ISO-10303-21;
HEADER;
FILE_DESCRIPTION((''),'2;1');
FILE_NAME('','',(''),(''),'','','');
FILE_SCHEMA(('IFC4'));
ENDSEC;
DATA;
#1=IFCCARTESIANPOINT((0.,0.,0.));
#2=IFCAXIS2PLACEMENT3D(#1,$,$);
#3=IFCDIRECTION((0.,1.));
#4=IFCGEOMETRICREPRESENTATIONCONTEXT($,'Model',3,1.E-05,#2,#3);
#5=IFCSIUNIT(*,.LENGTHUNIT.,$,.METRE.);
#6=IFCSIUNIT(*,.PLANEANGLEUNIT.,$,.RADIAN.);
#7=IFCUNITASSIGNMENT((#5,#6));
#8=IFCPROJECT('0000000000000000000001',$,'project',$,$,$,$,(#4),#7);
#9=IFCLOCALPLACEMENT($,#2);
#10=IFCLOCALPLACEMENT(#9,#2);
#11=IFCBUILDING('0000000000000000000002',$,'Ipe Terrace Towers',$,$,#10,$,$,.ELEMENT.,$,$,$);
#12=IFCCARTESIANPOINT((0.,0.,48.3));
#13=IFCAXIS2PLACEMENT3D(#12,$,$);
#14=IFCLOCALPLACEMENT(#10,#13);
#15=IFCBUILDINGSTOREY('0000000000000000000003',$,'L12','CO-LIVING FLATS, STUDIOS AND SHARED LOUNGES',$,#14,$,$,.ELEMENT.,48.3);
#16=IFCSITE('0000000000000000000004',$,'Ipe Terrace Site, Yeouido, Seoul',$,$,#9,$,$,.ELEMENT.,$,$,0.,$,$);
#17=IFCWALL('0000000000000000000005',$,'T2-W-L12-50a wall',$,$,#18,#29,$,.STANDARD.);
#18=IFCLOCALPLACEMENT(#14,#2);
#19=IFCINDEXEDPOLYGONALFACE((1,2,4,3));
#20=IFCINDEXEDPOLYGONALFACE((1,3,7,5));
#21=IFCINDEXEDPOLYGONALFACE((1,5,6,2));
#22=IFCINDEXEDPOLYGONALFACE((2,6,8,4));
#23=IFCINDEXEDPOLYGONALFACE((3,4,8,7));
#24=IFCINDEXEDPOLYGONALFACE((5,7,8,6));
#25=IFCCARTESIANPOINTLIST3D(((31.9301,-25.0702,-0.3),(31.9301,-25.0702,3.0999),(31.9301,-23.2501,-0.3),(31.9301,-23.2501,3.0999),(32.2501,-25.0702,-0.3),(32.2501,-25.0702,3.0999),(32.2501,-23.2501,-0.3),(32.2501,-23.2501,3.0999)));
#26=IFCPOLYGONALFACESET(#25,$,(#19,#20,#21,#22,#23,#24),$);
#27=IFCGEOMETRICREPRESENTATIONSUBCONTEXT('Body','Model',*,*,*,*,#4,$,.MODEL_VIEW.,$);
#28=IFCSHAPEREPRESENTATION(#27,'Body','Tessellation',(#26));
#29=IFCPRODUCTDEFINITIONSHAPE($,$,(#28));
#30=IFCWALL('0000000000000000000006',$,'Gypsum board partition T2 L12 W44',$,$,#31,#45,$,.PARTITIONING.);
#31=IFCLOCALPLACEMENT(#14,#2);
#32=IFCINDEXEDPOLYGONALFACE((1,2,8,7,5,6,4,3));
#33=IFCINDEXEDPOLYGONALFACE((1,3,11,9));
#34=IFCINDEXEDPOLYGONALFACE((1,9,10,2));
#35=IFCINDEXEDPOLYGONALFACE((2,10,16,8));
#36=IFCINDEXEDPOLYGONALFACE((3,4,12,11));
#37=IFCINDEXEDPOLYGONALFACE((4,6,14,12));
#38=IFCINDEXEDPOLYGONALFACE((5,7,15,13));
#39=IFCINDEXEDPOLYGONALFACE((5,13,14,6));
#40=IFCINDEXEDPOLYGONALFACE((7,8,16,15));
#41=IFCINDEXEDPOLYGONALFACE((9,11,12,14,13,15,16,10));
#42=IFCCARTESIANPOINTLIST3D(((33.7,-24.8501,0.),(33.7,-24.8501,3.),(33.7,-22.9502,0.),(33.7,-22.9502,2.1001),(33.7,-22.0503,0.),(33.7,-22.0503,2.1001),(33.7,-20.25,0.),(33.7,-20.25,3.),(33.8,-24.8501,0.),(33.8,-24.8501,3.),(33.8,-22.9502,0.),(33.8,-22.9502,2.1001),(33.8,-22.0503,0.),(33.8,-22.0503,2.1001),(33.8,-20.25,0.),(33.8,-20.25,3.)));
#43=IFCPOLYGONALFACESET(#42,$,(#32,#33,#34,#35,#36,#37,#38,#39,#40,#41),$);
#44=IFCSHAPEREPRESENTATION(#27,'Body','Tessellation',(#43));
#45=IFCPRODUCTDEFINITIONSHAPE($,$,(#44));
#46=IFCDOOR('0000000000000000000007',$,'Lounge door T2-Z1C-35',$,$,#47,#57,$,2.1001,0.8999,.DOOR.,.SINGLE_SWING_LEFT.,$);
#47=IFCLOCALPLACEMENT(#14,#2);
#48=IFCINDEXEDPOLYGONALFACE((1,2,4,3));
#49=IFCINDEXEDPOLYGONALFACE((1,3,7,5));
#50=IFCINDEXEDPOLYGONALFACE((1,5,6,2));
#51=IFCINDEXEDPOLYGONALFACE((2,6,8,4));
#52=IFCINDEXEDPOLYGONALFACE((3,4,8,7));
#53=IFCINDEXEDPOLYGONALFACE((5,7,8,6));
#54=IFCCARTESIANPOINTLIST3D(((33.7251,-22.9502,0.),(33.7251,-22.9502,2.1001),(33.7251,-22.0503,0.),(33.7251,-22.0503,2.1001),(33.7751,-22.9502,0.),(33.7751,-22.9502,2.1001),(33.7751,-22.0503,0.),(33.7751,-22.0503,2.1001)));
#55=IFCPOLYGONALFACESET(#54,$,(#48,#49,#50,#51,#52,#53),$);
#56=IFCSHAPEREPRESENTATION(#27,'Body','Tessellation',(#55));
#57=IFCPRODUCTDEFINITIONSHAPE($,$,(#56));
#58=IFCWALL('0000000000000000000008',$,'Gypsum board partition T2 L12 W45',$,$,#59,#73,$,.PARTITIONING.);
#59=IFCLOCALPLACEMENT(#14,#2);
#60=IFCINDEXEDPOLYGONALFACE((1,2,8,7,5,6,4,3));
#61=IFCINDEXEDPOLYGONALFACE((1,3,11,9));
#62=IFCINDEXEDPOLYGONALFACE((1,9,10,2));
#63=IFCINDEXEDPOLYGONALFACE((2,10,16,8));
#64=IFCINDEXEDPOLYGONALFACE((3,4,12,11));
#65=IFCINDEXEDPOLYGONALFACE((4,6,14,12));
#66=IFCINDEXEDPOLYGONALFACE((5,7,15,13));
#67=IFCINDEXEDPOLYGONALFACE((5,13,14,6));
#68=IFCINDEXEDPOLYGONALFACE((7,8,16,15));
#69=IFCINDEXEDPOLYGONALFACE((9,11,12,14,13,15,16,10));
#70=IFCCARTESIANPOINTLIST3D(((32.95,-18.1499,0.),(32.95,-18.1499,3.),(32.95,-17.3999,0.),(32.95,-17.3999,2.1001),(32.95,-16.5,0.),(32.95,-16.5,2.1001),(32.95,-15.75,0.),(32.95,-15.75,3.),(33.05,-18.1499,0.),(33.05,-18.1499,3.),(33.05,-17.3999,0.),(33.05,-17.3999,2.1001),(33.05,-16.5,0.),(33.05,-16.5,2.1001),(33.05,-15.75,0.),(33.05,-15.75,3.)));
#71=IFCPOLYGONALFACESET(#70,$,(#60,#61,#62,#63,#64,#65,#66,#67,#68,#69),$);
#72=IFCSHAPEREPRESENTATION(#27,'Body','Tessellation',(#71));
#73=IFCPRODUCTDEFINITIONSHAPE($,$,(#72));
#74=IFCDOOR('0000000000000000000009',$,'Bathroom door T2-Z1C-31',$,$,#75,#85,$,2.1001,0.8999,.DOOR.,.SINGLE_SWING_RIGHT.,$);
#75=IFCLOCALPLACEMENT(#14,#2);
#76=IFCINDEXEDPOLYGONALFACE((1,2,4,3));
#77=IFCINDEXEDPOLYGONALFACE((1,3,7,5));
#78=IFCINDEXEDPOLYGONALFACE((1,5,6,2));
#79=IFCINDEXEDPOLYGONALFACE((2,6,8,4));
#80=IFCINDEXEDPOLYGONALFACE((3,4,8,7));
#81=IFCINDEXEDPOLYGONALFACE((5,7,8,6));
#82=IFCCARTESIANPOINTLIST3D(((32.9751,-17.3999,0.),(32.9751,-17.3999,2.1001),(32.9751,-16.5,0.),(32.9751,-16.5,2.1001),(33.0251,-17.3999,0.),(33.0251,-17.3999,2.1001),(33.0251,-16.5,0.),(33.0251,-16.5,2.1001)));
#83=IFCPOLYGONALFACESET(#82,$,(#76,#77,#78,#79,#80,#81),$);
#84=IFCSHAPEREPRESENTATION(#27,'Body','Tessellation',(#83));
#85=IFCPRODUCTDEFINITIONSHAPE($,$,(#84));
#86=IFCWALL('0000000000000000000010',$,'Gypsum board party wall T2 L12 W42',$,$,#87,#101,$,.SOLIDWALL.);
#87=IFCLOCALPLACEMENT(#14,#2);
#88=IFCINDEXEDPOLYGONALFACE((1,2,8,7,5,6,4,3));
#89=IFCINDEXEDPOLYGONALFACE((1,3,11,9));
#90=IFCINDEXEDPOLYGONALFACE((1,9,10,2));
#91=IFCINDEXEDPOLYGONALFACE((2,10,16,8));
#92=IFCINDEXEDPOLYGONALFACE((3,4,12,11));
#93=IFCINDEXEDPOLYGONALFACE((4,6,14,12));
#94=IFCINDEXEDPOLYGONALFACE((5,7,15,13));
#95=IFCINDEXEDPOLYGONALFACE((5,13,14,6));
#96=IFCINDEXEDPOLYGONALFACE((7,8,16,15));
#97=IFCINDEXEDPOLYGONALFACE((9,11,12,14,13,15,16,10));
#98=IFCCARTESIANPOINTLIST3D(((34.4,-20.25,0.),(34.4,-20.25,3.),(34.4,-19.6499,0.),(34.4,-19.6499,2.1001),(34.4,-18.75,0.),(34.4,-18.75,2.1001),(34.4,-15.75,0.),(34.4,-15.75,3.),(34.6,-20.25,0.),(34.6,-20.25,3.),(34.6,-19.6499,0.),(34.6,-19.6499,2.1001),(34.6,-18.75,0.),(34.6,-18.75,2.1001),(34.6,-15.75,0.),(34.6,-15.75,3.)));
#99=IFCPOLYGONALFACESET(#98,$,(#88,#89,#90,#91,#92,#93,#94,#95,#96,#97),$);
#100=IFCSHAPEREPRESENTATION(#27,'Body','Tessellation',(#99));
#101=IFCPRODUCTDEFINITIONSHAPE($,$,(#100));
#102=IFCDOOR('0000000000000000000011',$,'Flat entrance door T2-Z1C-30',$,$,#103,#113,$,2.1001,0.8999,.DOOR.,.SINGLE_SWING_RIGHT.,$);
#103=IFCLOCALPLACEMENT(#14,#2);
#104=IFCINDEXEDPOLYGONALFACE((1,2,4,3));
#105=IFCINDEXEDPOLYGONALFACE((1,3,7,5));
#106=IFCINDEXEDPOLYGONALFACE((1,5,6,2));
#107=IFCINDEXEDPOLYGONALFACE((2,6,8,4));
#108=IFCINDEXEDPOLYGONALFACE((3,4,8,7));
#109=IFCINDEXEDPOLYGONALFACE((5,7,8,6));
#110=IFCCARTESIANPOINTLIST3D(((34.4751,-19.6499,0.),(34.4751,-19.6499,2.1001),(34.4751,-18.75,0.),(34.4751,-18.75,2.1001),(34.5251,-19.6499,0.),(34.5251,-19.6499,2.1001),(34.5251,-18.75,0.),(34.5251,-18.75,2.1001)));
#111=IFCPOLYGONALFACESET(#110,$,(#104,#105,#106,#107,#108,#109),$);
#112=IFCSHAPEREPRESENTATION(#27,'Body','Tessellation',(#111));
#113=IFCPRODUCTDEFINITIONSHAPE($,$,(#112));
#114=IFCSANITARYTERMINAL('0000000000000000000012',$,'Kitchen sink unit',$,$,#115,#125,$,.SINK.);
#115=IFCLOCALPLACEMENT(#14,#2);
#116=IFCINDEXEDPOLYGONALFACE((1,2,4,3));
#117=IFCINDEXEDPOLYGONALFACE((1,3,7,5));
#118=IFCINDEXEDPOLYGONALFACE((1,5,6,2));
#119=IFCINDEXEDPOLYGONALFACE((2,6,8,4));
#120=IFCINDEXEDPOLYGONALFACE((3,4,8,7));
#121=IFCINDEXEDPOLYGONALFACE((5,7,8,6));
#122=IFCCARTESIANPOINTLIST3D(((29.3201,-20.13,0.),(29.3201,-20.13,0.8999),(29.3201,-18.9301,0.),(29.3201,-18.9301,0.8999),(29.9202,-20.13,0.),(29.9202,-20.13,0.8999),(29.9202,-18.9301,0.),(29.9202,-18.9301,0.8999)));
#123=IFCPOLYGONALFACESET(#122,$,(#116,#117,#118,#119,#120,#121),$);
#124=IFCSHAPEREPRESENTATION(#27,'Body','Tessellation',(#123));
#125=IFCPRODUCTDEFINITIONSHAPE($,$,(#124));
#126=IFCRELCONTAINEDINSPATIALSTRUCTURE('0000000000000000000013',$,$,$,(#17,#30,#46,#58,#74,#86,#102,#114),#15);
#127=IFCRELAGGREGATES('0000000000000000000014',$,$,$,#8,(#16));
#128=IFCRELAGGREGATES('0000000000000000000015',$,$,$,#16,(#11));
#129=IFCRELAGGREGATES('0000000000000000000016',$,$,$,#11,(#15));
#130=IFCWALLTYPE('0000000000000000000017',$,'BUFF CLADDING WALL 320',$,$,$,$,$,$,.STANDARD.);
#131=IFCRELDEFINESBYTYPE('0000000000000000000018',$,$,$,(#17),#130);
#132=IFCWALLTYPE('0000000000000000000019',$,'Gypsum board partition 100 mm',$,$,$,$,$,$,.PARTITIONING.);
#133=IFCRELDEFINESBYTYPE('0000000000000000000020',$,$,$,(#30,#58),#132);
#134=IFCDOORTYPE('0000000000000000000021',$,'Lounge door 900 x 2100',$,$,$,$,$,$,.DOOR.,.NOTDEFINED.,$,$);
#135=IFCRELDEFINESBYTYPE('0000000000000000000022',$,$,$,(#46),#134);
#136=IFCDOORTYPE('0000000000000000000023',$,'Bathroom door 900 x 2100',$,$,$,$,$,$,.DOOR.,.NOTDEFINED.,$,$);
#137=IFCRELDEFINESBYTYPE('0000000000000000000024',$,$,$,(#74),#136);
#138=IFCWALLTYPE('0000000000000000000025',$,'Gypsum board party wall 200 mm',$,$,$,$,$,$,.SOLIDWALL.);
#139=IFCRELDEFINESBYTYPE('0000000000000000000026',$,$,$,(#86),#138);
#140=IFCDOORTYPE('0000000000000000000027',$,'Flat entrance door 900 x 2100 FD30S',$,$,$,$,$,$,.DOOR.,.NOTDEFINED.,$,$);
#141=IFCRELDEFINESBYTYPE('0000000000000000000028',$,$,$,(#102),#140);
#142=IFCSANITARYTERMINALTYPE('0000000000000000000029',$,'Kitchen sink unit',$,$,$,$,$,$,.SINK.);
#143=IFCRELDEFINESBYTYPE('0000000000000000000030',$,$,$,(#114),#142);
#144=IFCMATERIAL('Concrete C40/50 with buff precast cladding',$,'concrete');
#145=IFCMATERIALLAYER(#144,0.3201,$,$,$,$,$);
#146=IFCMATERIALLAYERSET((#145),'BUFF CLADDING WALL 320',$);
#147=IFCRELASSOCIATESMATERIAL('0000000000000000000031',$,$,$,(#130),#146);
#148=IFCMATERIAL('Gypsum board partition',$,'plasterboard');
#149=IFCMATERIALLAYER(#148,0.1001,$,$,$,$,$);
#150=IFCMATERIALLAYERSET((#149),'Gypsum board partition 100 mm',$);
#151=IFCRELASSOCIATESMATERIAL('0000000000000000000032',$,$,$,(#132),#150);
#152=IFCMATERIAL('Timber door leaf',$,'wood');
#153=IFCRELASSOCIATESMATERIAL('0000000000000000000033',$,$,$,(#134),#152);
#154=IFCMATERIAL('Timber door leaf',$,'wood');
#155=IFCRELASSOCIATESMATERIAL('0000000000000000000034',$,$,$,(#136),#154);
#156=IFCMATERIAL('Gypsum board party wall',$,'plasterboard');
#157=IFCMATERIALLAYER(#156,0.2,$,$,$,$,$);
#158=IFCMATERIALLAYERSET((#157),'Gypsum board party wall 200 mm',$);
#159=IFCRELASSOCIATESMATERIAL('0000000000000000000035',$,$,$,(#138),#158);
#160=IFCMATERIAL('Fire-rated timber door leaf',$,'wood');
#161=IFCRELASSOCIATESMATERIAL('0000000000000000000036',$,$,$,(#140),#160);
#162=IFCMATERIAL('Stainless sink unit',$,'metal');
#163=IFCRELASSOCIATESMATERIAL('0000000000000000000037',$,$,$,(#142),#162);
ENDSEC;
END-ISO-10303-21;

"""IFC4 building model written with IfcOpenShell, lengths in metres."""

from ifc_helpers import new_model, si_unit, direction, frame, frame_2d, origin, origin_2d, place, context, subcontext, project, spatial, rectangle, extrude, material, layer, layer_set, type_object, element, fill, save


model = new_model("IFC4")

# Units and contexts
model_context = context("Model", 3, precision=1e-05, world=origin(), true_north=direction((0.0, 1.0)))
body_context = subcontext(model_context, "Body", "Model", "MODEL_VIEW")
ifc_project = project(units=[si_unit("LENGTHUNIT", "METRE"), si_unit("PLANEANGLEUNIT", "RADIAN")], contexts=[model_context])

# Site, building, storey
site_placement = place(None, origin())
site = spatial("IfcSite", under=ifc_project, at=site_placement, Name="Ipe Terrace Site, Yeouido, Seoul", CompositionType="ELEMENT", RefElevation=0.0)
building_placement = place(site_placement, origin())
building = spatial("IfcBuilding", under=site, at=building_placement, Name="Ipe Terrace Towers", CompositionType="ELEMENT")
storey_placement = place(building_placement, frame((0.0, 0.0, 48.3)))
storey = spatial("IfcBuildingStorey", under=building, at=storey_placement, Name="L12", Description="CO-LIVING FLATS, STUDIOS AND SHARED LOUNGES", CompositionType="ELEMENT", Elevation=48.3)

# Wall
ifc_material_1 = material(Name="Concrete C40/50 with buff precast cladding", Category="concrete")
ifc_layer_1 = layer(ifc_material_1, 0.3201)
ifc_layer_set_1 = layer_set([ifc_layer_1], Name="BUFF CLADDING WALL 320")
wall_type_1 = type_object("IfcWallType", Name="BUFF CLADDING WALL 320", PredefinedType="STANDARD", material=ifc_layer_set_1)
wall_1_placement = place(storey_placement, frame((32.0901, -23.25, -0.3), z_axis=(0.0, 0.0, 1.0), x_axis=(0.0, -1.0, 0.0)))
element("IfcWall", 1, at=wall_1_placement, inside=storey, type_object=wall_type_1, Name="T2-W-L12-50a wall", PredefinedType="STANDARD", context=body_context, shape_type="SweptSolid", body=[
    extrude(rectangle(XDim=1.8201, YDim=0.3201, at=frame_2d((0.9102, 0.0))), origin(), (0.0, 0.0, 1.0), 3.3999),
])

# Walls, openings, doors
ifc_material_2 = material(Name="Gypsum board partition", Category="plasterboard")
ifc_layer_2 = layer(ifc_material_2, 0.1001)
ifc_layer_set_2 = layer_set([ifc_layer_2], Name="Gypsum board partition 100 mm")
wall_type_2 = type_object("IfcWallType", Name="Gypsum board partition 100 mm", PredefinedType="PARTITIONING", material=ifc_layer_set_2)
wall_2_placement = place(storey_placement, frame((33.75, -24.8501, 0.0), z_axis=(0.0, 0.0, 1.0), x_axis=(0.0, 1.0, 0.0)))
wall_2 = element("IfcWall", 2, at=wall_2_placement, inside=storey, type_object=wall_type_2, Name="Gypsum board partition T2 L12 W44", PredefinedType="PARTITIONING", context=body_context, shape_type="SweptSolid", body=[
    extrude(rectangle(XDim=4.6001, YDim=0.1001, at=frame_2d((2.3, 0.0))), origin(), (0.0, 0.0, 1.0), 3.0),
])
opening_1_placement = place(wall_2_placement, frame((1.8999, 0.0, 0.0)))
opening_1 = element("IfcOpeningElement", 3, at=opening_1_placement, cuts=wall_2, PredefinedType="OPENING", context=body_context, shape_type="SweptSolid", body=[
    extrude(rectangle(XDim=0.8999, YDim=2.1001, at=frame_2d((0.45, 1.05))), frame((0.0, 0.0601, 0.0), z_axis=(0.0, -1.0, 0.0), x_axis=(1.0, 0.0, 0.0)), (0.0, 0.0, 1.0), 0.1201),
])
ifc_material_3 = material(Name="Timber door leaf", Category="wood")
door_type_1 = type_object("IfcDoorType", Name="Lounge door 900 x 2100", OperationType="NOTDEFINED", PredefinedType="DOOR", material=ifc_material_3)
door_1_placement = place(opening_1_placement, origin())
door_1 = element("IfcDoor", 4, at=door_1_placement, inside=storey, type_object=door_type_1, Name="Lounge door T2-Z1C-35", OperationType="SINGLE_SWING_LEFT", OverallHeight=2.1001, OverallWidth=0.8999, PredefinedType="DOOR", context=body_context, shape_type="SweptSolid", body=[
    extrude(rectangle(XDim=0.8999, YDim=2.1001, at=frame_2d((0.45, 1.05))), frame((0.0, 0.0249, 0.0), z_axis=(0.0, -1.0, 0.0), x_axis=(1.0, 0.0, 0.0)), (0.0, 0.0, 1.0), 0.05),
])
fill(opening_1, door_1)
wall_3_placement = place(storey_placement, frame((33.0, -18.1499, 0.0), z_axis=(0.0, 0.0, 1.0), x_axis=(0.0, 1.0, 0.0)))
wall_3 = element("IfcWall", 5, at=wall_3_placement, inside=storey, type_object=wall_type_2, Name="Gypsum board partition T2 L12 W45", PredefinedType="PARTITIONING", context=body_context, shape_type="SweptSolid", body=[
    extrude(rectangle(XDim=2.3999, YDim=0.1001, at=frame_2d((1.2, 0.0))), origin(), (0.0, 0.0, 1.0), 3.0),
])
opening_2_placement = place(wall_3_placement, frame((0.75, 0.0, 0.0)))
opening_2 = element("IfcOpeningElement", 6, at=opening_2_placement, cuts=wall_3, PredefinedType="OPENING", context=body_context, shape_type="SweptSolid", body=[
    extrude(rectangle(XDim=0.8999, YDim=2.1001, at=frame_2d((0.45, 1.05))), frame((0.0, 0.0601, 0.0), z_axis=(0.0, -1.0, 0.0), x_axis=(1.0, 0.0, 0.0)), (0.0, 0.0, 1.0), 0.1201),
])
ifc_material_4 = material(Name="Timber door leaf", Category="wood")
door_type_2 = type_object("IfcDoorType", Name="Bathroom door 900 x 2100", OperationType="NOTDEFINED", PredefinedType="DOOR", material=ifc_material_4)
door_2_placement = place(opening_2_placement, origin())
door_2 = element("IfcDoor", 7, at=door_2_placement, inside=storey, type_object=door_type_2, Name="Bathroom door T2-Z1C-31", OperationType="SINGLE_SWING_RIGHT", OverallHeight=2.1001, OverallWidth=0.8999, PredefinedType="DOOR", context=body_context, shape_type="SweptSolid", body=[
    extrude(rectangle(XDim=0.8999, YDim=2.1001, at=frame_2d((0.45, 1.05))), frame((0.0, 0.0249, 0.0), z_axis=(0.0, -1.0, 0.0), x_axis=(1.0, 0.0, 0.0)), (0.0, 0.0, 1.0), 0.05),
])
fill(opening_2, door_2)
ifc_material_5 = material(Name="Gypsum board party wall", Category="plasterboard")
ifc_layer_3 = layer(ifc_material_5, 0.2)
ifc_layer_set_3 = layer_set([ifc_layer_3], Name="Gypsum board party wall 200 mm")
wall_type_3 = type_object("IfcWallType", Name="Gypsum board party wall 200 mm", PredefinedType="SOLIDWALL", material=ifc_layer_set_3)
wall_4_placement = place(storey_placement, frame((34.5, -20.25, 0.0), z_axis=(0.0, 0.0, 1.0), x_axis=(0.0, 1.0, 0.0)))
wall_4 = element("IfcWall", 8, at=wall_4_placement, inside=storey, type_object=wall_type_3, Name="Gypsum board party wall T2 L12 W42", PredefinedType="SOLIDWALL", context=body_context, shape_type="SweptSolid", body=[
    extrude(rectangle(XDim=4.5, YDim=0.2, at=frame_2d((2.25, 0.0))), origin(), (0.0, 0.0, 1.0), 3.0),
])
opening_3_placement = place(wall_4_placement, frame((0.6001, 0.0, 0.0)))
opening_3 = element("IfcOpeningElement", 9, at=opening_3_placement, cuts=wall_4, PredefinedType="OPENING", context=body_context, shape_type="SweptSolid", body=[
    extrude(rectangle(XDim=0.8999, YDim=2.1001, at=frame_2d((0.45, 1.05))), frame((0.0, 0.1099, 0.0), z_axis=(0.0, -1.0, 0.0), x_axis=(1.0, 0.0, 0.0)), (0.0, 0.0, 1.0), 0.22),
])
ifc_material_6 = material(Name="Fire-rated timber door leaf", Category="wood")
door_type_3 = type_object("IfcDoorType", Name="Flat entrance door 900 x 2100 FD30S", OperationType="NOTDEFINED", PredefinedType="DOOR", material=ifc_material_6)
door_3_placement = place(opening_3_placement, origin())
door_3 = element("IfcDoor", 10, at=door_3_placement, inside=storey, type_object=door_type_3, Name="Flat entrance door T2-Z1C-30", OperationType="SINGLE_SWING_RIGHT", OverallHeight=2.1001, OverallWidth=0.8999, PredefinedType="DOOR", context=body_context, shape_type="SweptSolid", body=[
    extrude(rectangle(XDim=0.8999, YDim=2.1001, at=frame_2d((0.45, 1.05))), frame((0.0, 0.0249, 0.0), z_axis=(0.0, -1.0, 0.0), x_axis=(1.0, 0.0, 0.0)), (0.0, 0.0, 1.0), 0.05),
])
fill(opening_3, door_3)

# Sanitary terminal
ifc_material_7 = material(Name="Stainless sink unit", Category="metal")
sanitary_terminal_type = type_object("IfcSanitaryTerminalType", Name="Kitchen sink unit", PredefinedType="SINK", material=ifc_material_7)
sanitary_terminal_placement = place(storey_placement, frame((29.6201, -19.53, 0.0), z_axis=(0.0, 0.0, 1.0), x_axis=(0.0, 1.0, 0.0)))
element("IfcSanitaryTerminal", 11, at=sanitary_terminal_placement, inside=storey, type_object=sanitary_terminal_type, Name="Kitchen sink unit", PredefinedType="SINK", context=body_context, shape_type="SweptSolid", body=[
    extrude(rectangle(XDim=1.2, YDim=0.6001, at=origin_2d()), origin(), (0.0, 0.0, 1.0), 0.8999),
])

save(model, "model.ifc")
